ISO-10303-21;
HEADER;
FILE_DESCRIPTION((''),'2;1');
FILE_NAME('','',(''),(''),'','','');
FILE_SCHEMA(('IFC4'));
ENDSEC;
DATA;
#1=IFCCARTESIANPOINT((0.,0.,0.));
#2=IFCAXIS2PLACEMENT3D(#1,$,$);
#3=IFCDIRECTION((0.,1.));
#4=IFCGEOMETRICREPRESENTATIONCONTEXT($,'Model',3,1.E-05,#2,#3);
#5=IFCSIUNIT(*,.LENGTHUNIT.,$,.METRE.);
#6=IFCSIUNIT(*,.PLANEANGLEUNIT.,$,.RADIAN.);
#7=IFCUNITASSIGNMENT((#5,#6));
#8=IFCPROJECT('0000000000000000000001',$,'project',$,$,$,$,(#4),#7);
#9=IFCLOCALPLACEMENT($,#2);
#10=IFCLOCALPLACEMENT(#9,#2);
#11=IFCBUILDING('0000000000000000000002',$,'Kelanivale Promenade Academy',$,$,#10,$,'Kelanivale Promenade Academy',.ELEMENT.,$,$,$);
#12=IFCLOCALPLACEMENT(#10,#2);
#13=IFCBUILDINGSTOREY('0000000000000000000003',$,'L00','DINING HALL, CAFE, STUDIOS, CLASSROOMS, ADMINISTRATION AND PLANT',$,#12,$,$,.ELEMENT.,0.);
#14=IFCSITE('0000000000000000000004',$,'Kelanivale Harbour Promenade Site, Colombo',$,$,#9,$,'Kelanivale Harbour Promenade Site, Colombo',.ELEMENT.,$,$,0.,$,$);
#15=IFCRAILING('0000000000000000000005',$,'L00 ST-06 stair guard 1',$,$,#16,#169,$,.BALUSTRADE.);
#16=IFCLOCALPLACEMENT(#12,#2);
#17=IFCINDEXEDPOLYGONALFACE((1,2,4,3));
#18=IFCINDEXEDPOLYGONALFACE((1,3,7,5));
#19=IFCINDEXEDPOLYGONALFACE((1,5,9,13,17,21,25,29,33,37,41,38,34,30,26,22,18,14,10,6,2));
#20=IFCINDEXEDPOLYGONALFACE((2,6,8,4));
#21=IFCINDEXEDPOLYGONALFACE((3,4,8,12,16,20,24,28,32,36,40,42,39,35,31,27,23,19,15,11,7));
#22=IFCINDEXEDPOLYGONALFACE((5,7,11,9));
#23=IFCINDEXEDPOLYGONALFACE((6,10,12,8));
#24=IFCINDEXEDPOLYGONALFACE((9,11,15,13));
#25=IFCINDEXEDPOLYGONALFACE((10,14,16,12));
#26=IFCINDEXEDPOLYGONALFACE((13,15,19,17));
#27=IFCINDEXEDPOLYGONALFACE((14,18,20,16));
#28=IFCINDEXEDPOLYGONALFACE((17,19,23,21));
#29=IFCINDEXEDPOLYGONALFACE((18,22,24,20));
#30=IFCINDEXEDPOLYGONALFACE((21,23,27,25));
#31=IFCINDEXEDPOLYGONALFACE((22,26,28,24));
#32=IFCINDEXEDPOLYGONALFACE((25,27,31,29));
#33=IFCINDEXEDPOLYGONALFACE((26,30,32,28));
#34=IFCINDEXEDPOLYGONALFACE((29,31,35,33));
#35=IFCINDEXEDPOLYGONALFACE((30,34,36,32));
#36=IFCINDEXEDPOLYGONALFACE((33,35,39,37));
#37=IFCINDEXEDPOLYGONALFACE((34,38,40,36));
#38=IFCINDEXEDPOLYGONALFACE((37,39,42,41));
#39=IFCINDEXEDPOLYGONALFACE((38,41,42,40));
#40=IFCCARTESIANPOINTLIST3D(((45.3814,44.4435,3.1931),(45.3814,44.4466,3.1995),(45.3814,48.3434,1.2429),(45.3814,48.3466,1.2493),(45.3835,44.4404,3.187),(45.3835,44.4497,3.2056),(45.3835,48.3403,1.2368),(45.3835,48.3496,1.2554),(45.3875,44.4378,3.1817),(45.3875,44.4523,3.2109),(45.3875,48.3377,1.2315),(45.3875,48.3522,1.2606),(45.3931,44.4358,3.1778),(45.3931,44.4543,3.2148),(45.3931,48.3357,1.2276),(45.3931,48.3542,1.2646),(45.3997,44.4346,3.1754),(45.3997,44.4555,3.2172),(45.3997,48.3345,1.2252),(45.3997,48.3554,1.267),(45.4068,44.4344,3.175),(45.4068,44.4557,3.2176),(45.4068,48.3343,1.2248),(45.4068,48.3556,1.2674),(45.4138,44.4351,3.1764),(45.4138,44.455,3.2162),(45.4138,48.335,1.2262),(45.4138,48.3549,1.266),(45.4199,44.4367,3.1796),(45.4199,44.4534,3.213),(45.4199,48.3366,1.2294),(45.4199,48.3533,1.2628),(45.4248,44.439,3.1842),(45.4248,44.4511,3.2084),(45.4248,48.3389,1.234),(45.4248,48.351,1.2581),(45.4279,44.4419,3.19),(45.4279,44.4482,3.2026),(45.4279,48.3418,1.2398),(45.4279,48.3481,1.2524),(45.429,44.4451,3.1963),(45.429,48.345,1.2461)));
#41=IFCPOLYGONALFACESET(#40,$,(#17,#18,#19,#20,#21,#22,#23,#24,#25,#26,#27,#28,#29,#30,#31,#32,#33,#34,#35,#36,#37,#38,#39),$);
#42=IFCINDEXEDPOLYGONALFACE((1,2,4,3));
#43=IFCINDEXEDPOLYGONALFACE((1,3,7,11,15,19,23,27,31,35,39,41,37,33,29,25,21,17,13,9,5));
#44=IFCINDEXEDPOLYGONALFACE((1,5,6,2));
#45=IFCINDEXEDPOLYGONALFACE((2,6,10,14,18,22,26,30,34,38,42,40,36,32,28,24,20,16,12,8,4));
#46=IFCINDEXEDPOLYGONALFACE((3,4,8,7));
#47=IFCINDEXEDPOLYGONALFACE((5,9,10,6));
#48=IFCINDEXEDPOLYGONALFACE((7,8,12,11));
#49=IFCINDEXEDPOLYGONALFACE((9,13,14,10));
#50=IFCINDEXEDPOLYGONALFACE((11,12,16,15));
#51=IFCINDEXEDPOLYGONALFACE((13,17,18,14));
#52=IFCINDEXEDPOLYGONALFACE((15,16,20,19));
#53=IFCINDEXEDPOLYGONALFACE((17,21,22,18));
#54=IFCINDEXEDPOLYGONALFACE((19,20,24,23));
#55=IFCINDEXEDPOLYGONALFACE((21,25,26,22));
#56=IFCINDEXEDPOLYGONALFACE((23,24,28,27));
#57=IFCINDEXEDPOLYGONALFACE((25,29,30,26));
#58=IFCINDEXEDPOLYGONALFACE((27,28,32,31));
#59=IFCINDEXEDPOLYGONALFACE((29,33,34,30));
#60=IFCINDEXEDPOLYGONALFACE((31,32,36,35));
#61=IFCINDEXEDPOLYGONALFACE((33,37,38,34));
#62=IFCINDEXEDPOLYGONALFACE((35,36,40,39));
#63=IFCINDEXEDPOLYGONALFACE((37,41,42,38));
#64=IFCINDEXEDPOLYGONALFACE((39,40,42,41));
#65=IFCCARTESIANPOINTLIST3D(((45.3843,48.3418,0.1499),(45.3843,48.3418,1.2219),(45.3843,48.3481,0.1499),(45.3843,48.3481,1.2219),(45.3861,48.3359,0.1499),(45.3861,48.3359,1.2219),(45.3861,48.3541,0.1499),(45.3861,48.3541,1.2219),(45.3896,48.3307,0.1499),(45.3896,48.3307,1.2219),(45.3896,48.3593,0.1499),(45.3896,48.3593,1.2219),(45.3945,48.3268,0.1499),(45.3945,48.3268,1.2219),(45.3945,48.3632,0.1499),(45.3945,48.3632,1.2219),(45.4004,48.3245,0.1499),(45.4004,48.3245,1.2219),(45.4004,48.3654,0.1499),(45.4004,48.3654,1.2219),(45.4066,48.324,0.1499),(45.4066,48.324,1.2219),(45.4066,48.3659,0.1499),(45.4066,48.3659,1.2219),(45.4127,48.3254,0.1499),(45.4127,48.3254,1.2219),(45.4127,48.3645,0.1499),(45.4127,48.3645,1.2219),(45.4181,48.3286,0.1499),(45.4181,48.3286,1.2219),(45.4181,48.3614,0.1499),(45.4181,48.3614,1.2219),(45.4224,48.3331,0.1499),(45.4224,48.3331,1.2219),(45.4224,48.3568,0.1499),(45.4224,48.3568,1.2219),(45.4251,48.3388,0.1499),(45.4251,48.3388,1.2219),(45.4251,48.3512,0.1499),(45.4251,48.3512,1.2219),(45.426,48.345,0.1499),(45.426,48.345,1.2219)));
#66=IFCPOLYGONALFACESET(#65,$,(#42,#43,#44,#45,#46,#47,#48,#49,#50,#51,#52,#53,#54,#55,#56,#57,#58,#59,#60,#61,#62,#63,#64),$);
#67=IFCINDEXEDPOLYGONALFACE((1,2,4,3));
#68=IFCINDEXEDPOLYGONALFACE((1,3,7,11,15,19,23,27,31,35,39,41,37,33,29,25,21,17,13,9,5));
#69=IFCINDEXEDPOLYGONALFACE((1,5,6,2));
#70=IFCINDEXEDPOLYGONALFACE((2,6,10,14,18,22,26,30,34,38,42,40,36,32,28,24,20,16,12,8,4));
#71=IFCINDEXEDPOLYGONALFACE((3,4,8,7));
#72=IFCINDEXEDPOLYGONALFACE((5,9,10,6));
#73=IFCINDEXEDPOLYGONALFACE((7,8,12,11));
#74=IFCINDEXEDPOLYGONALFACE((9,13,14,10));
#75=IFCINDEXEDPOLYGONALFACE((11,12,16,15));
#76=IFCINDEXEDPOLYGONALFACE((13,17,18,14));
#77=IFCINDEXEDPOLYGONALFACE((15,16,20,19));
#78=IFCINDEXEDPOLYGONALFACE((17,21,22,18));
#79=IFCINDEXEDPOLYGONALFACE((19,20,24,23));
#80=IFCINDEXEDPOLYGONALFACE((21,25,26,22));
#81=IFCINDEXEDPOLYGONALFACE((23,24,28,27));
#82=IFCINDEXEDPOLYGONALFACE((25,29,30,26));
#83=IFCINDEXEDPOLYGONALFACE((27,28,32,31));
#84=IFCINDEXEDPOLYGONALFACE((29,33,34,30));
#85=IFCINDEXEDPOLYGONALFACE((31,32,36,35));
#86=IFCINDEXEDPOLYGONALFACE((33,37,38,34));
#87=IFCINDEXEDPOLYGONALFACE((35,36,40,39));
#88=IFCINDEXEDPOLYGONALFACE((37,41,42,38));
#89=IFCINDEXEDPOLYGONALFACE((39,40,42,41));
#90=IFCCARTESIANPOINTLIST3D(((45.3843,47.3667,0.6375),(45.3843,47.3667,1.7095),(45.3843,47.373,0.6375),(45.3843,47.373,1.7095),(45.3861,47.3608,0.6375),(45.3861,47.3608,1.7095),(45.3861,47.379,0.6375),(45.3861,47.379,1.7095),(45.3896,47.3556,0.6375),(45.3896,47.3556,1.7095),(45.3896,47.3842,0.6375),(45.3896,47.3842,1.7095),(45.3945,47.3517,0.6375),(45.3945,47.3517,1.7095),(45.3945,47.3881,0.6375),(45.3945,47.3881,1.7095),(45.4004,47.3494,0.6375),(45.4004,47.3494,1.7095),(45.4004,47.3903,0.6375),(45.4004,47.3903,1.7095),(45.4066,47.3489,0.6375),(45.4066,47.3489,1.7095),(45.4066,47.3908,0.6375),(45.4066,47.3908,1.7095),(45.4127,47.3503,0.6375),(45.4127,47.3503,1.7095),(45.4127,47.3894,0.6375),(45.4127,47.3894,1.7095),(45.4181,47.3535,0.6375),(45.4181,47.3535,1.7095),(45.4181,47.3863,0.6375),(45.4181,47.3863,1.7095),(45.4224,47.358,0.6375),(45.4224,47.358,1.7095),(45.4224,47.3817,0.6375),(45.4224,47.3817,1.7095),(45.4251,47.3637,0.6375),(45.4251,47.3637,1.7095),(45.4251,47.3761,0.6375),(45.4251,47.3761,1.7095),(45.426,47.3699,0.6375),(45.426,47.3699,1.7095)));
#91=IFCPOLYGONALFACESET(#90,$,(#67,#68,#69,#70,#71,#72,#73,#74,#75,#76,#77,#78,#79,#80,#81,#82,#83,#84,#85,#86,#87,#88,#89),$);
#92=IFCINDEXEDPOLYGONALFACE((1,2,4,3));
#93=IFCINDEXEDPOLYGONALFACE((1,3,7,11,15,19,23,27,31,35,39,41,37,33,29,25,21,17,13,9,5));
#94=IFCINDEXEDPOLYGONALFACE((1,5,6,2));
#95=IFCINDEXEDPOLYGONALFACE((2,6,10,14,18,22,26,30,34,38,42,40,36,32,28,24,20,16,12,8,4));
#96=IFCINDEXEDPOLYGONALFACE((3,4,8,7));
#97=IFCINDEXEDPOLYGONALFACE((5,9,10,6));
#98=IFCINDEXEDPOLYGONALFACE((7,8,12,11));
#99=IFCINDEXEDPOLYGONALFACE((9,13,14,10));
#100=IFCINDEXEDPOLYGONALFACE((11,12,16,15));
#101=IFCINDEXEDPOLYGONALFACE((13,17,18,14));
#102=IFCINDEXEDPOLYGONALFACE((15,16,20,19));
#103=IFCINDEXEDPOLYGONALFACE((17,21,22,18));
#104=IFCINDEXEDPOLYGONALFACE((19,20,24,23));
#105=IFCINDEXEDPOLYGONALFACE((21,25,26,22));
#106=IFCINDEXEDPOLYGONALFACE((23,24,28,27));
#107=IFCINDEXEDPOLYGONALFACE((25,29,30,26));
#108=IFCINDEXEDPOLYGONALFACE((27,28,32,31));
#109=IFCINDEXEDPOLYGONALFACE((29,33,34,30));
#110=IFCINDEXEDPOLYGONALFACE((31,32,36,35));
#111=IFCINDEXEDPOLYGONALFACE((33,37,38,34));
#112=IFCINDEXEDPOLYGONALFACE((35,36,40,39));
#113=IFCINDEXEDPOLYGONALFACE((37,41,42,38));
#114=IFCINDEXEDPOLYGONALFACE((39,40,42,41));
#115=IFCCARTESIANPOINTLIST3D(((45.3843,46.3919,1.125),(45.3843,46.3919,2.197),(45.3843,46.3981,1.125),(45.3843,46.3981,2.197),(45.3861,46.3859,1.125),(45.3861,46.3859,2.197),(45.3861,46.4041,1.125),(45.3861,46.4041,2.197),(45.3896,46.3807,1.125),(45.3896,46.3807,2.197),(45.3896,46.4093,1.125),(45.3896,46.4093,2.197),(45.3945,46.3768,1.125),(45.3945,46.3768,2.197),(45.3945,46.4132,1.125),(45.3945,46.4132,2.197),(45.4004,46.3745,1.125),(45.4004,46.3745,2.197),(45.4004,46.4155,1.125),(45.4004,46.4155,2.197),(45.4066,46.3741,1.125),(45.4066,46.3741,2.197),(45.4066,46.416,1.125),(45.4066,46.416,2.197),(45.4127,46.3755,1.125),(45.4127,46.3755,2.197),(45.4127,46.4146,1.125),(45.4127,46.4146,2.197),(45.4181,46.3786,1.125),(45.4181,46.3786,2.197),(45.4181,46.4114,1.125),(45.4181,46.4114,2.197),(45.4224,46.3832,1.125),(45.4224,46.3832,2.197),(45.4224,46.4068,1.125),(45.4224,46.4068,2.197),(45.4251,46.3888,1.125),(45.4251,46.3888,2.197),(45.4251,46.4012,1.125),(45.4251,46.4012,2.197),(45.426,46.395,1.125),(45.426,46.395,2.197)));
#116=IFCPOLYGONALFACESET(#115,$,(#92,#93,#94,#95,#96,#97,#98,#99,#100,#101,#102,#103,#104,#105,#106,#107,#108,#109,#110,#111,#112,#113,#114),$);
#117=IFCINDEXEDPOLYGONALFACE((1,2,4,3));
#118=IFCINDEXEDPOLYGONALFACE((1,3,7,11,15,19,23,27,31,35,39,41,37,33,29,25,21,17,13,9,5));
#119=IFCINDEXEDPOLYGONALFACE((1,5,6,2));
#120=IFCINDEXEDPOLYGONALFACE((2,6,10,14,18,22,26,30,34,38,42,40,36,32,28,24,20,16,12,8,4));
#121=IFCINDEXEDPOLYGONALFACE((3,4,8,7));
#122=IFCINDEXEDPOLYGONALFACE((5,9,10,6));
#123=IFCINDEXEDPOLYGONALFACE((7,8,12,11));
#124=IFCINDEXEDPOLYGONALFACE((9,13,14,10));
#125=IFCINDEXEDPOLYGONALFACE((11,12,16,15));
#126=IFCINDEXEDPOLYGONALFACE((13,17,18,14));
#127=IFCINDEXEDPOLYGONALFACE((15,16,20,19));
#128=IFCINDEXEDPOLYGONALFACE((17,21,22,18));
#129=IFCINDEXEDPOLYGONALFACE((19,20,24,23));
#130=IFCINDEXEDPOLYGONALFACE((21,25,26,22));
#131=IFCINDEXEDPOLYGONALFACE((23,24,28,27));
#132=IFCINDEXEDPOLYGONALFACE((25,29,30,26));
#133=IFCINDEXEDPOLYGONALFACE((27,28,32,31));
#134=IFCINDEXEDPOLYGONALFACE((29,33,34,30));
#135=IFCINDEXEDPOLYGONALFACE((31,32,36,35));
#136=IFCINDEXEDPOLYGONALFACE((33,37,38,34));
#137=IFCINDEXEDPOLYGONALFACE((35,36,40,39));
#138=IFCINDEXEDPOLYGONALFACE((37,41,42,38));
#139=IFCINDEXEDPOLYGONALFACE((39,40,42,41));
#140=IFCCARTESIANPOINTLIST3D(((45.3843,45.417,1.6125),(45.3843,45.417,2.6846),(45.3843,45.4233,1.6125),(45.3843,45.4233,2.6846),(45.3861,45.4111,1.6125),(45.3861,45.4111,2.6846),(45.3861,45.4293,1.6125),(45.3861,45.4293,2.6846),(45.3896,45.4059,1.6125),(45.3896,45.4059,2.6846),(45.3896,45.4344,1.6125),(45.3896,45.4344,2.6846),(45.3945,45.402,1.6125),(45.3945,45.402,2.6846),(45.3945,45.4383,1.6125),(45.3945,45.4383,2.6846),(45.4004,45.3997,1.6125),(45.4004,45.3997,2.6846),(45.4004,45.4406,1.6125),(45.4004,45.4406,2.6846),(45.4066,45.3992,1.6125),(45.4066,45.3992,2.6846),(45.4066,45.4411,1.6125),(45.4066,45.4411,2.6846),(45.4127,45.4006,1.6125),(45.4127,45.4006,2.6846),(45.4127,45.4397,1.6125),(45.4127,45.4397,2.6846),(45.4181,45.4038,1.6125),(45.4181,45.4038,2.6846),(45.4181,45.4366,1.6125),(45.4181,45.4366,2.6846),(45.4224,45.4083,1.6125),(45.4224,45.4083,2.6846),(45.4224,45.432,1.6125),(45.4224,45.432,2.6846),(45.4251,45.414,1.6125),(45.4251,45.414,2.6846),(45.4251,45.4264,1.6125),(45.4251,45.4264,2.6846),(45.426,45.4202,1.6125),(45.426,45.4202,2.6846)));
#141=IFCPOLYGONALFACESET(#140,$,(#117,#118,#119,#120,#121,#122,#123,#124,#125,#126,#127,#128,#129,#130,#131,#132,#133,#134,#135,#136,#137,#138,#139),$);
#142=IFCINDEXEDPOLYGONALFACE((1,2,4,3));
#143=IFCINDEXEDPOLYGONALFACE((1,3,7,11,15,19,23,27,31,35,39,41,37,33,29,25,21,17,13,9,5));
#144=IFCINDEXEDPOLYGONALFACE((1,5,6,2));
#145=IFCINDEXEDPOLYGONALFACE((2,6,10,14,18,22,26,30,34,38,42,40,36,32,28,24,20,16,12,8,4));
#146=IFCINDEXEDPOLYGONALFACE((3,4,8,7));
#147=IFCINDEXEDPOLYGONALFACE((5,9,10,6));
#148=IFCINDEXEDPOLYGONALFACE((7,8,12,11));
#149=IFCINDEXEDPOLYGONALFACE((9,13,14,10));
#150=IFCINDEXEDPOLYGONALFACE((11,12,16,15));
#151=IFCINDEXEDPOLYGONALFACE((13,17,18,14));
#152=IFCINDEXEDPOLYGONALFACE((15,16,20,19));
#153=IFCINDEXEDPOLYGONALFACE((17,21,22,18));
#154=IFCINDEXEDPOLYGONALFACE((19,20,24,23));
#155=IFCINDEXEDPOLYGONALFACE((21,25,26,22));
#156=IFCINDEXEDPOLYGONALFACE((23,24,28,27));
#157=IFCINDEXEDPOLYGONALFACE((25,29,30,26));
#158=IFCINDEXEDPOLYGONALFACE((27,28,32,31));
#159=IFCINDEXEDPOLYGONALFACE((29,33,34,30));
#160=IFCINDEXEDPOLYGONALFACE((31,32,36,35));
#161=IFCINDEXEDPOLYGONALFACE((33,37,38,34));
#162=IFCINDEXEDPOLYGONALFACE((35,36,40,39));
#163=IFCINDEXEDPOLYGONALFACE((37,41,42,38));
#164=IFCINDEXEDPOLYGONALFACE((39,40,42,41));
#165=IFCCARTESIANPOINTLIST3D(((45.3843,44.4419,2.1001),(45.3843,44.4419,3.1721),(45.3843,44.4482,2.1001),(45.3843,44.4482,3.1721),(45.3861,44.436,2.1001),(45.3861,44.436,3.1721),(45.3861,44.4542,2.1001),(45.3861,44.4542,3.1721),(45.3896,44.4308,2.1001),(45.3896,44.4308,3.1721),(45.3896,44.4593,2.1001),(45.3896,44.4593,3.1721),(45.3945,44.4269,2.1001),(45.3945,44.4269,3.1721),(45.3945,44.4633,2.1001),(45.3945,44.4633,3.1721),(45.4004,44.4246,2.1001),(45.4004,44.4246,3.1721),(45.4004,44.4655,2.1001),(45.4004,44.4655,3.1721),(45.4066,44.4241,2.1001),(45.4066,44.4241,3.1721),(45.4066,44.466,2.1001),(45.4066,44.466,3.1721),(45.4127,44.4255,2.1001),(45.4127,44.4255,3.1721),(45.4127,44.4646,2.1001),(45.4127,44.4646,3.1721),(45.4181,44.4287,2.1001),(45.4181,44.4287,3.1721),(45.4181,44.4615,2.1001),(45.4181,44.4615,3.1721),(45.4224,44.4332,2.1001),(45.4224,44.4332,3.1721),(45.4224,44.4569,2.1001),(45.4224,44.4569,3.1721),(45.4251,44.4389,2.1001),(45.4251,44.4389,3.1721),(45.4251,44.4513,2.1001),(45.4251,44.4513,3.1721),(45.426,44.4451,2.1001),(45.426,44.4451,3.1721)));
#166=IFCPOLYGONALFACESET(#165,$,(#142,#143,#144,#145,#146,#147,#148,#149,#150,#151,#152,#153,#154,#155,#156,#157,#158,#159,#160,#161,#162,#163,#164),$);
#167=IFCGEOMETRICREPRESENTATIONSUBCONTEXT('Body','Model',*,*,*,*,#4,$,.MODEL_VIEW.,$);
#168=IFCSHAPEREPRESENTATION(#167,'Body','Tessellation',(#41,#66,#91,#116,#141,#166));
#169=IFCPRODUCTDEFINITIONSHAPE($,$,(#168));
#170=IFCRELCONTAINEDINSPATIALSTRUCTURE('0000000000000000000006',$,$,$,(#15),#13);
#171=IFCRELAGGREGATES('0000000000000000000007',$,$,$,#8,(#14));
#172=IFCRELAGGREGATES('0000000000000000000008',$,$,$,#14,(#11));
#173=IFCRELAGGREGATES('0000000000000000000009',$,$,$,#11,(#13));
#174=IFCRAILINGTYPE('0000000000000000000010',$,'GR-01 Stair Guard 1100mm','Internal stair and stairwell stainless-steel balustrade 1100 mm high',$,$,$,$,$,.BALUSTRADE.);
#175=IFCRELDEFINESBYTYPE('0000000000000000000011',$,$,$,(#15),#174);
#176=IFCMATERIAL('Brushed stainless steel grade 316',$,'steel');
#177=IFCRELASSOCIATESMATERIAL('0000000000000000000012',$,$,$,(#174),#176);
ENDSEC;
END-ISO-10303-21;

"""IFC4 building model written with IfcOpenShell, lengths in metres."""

from ifc_helpers import new_model, si_unit, direction, frame, origin, origin_2d, place, context, subcontext, project, spatial, circle, extrude, material, type_object, element, save


model = new_model("IFC4")

# Units and contexts
model_context = context("Model", 3, precision=1e-05, world=origin(), true_north=direction((0.0, 1.0)))
body_context = subcontext(model_context, "Body", "Model", "MODEL_VIEW")
ifc_project = project(units=[si_unit("LENGTHUNIT", "METRE"), si_unit("PLANEANGLEUNIT", "RADIAN")], contexts=[model_context])

# Site, building, storey
site_placement = place(None, origin())
site = spatial("IfcSite", under=ifc_project, at=site_placement, Name="Kelanivale Harbour Promenade Site, Colombo", LongName="Kelanivale Harbour Promenade Site, Colombo", CompositionType="ELEMENT", RefElevation=0.0)
building_placement = place(site_placement, origin())
building = spatial("IfcBuilding", under=site, at=building_placement, Name="Kelanivale Promenade Academy", LongName="Kelanivale Promenade Academy", CompositionType="ELEMENT")
storey_placement = place(building_placement, origin())
storey = spatial("IfcBuildingStorey", under=building, at=storey_placement, Name="L00", Description="DINING HALL, CAFE, STUDIOS, CLASSROOMS, ADMINISTRATION AND PLANT", CompositionType="ELEMENT", Elevation=0.0)

# Railing
ifc_material_1 = material(Name="Brushed stainless steel grade 316", Category="steel")
railing_type_1 = type_object("IfcRailingType", Name="GR-01 Stair Guard 1100mm", Description="Internal stair and stairwell stainless-steel balustrade 1100 mm high", PredefinedType="BALUSTRADE", material=ifc_material_1)
railing_1_placement = place(storey_placement, frame((45.405, 48.345, 0.1499)))
element("IfcRailing", 1, at=railing_1_placement, inside=storey, type_object=railing_type_1, Name="L00 ST-06 stair guard 1", PredefinedType="BALUSTRADE", context=body_context, shape_type="SweptSolid", body=[
    extrude(circle(Radius=0.0239, at=origin_2d()), frame((0.0, 0.0, 1.0962), z_axis=(0.0, -0.894405, 0.447258), x_axis=(1.0, 0.0, 0.0)), (0.0, 0.0, 1.0), 4.3604),
    extrude(circle(Radius=0.021, at=origin_2d()), origin(), (0.0, 0.0, 1.0), 1.072),
    extrude(circle(Radius=0.021, at=origin_2d()), frame((0.0, -0.9751, 0.4875)), (0.0, 0.0, 1.0), 1.072),
    extrude(circle(Radius=0.021, at=origin_2d()), frame((0.0, -1.95, 0.9751)), (0.0, 0.0, 1.0), 1.072),
    extrude(circle(Radius=0.021, at=origin_2d()), frame((0.0, -2.9248, 1.4626)), (0.0, 0.0, 1.0), 1.072),
    extrude(circle(Radius=0.021, at=origin_2d()), frame((0.0, -3.8999, 1.9502)), (0.0, 0.0, 1.0), 1.072),
])

save(model, "model.ifc")
